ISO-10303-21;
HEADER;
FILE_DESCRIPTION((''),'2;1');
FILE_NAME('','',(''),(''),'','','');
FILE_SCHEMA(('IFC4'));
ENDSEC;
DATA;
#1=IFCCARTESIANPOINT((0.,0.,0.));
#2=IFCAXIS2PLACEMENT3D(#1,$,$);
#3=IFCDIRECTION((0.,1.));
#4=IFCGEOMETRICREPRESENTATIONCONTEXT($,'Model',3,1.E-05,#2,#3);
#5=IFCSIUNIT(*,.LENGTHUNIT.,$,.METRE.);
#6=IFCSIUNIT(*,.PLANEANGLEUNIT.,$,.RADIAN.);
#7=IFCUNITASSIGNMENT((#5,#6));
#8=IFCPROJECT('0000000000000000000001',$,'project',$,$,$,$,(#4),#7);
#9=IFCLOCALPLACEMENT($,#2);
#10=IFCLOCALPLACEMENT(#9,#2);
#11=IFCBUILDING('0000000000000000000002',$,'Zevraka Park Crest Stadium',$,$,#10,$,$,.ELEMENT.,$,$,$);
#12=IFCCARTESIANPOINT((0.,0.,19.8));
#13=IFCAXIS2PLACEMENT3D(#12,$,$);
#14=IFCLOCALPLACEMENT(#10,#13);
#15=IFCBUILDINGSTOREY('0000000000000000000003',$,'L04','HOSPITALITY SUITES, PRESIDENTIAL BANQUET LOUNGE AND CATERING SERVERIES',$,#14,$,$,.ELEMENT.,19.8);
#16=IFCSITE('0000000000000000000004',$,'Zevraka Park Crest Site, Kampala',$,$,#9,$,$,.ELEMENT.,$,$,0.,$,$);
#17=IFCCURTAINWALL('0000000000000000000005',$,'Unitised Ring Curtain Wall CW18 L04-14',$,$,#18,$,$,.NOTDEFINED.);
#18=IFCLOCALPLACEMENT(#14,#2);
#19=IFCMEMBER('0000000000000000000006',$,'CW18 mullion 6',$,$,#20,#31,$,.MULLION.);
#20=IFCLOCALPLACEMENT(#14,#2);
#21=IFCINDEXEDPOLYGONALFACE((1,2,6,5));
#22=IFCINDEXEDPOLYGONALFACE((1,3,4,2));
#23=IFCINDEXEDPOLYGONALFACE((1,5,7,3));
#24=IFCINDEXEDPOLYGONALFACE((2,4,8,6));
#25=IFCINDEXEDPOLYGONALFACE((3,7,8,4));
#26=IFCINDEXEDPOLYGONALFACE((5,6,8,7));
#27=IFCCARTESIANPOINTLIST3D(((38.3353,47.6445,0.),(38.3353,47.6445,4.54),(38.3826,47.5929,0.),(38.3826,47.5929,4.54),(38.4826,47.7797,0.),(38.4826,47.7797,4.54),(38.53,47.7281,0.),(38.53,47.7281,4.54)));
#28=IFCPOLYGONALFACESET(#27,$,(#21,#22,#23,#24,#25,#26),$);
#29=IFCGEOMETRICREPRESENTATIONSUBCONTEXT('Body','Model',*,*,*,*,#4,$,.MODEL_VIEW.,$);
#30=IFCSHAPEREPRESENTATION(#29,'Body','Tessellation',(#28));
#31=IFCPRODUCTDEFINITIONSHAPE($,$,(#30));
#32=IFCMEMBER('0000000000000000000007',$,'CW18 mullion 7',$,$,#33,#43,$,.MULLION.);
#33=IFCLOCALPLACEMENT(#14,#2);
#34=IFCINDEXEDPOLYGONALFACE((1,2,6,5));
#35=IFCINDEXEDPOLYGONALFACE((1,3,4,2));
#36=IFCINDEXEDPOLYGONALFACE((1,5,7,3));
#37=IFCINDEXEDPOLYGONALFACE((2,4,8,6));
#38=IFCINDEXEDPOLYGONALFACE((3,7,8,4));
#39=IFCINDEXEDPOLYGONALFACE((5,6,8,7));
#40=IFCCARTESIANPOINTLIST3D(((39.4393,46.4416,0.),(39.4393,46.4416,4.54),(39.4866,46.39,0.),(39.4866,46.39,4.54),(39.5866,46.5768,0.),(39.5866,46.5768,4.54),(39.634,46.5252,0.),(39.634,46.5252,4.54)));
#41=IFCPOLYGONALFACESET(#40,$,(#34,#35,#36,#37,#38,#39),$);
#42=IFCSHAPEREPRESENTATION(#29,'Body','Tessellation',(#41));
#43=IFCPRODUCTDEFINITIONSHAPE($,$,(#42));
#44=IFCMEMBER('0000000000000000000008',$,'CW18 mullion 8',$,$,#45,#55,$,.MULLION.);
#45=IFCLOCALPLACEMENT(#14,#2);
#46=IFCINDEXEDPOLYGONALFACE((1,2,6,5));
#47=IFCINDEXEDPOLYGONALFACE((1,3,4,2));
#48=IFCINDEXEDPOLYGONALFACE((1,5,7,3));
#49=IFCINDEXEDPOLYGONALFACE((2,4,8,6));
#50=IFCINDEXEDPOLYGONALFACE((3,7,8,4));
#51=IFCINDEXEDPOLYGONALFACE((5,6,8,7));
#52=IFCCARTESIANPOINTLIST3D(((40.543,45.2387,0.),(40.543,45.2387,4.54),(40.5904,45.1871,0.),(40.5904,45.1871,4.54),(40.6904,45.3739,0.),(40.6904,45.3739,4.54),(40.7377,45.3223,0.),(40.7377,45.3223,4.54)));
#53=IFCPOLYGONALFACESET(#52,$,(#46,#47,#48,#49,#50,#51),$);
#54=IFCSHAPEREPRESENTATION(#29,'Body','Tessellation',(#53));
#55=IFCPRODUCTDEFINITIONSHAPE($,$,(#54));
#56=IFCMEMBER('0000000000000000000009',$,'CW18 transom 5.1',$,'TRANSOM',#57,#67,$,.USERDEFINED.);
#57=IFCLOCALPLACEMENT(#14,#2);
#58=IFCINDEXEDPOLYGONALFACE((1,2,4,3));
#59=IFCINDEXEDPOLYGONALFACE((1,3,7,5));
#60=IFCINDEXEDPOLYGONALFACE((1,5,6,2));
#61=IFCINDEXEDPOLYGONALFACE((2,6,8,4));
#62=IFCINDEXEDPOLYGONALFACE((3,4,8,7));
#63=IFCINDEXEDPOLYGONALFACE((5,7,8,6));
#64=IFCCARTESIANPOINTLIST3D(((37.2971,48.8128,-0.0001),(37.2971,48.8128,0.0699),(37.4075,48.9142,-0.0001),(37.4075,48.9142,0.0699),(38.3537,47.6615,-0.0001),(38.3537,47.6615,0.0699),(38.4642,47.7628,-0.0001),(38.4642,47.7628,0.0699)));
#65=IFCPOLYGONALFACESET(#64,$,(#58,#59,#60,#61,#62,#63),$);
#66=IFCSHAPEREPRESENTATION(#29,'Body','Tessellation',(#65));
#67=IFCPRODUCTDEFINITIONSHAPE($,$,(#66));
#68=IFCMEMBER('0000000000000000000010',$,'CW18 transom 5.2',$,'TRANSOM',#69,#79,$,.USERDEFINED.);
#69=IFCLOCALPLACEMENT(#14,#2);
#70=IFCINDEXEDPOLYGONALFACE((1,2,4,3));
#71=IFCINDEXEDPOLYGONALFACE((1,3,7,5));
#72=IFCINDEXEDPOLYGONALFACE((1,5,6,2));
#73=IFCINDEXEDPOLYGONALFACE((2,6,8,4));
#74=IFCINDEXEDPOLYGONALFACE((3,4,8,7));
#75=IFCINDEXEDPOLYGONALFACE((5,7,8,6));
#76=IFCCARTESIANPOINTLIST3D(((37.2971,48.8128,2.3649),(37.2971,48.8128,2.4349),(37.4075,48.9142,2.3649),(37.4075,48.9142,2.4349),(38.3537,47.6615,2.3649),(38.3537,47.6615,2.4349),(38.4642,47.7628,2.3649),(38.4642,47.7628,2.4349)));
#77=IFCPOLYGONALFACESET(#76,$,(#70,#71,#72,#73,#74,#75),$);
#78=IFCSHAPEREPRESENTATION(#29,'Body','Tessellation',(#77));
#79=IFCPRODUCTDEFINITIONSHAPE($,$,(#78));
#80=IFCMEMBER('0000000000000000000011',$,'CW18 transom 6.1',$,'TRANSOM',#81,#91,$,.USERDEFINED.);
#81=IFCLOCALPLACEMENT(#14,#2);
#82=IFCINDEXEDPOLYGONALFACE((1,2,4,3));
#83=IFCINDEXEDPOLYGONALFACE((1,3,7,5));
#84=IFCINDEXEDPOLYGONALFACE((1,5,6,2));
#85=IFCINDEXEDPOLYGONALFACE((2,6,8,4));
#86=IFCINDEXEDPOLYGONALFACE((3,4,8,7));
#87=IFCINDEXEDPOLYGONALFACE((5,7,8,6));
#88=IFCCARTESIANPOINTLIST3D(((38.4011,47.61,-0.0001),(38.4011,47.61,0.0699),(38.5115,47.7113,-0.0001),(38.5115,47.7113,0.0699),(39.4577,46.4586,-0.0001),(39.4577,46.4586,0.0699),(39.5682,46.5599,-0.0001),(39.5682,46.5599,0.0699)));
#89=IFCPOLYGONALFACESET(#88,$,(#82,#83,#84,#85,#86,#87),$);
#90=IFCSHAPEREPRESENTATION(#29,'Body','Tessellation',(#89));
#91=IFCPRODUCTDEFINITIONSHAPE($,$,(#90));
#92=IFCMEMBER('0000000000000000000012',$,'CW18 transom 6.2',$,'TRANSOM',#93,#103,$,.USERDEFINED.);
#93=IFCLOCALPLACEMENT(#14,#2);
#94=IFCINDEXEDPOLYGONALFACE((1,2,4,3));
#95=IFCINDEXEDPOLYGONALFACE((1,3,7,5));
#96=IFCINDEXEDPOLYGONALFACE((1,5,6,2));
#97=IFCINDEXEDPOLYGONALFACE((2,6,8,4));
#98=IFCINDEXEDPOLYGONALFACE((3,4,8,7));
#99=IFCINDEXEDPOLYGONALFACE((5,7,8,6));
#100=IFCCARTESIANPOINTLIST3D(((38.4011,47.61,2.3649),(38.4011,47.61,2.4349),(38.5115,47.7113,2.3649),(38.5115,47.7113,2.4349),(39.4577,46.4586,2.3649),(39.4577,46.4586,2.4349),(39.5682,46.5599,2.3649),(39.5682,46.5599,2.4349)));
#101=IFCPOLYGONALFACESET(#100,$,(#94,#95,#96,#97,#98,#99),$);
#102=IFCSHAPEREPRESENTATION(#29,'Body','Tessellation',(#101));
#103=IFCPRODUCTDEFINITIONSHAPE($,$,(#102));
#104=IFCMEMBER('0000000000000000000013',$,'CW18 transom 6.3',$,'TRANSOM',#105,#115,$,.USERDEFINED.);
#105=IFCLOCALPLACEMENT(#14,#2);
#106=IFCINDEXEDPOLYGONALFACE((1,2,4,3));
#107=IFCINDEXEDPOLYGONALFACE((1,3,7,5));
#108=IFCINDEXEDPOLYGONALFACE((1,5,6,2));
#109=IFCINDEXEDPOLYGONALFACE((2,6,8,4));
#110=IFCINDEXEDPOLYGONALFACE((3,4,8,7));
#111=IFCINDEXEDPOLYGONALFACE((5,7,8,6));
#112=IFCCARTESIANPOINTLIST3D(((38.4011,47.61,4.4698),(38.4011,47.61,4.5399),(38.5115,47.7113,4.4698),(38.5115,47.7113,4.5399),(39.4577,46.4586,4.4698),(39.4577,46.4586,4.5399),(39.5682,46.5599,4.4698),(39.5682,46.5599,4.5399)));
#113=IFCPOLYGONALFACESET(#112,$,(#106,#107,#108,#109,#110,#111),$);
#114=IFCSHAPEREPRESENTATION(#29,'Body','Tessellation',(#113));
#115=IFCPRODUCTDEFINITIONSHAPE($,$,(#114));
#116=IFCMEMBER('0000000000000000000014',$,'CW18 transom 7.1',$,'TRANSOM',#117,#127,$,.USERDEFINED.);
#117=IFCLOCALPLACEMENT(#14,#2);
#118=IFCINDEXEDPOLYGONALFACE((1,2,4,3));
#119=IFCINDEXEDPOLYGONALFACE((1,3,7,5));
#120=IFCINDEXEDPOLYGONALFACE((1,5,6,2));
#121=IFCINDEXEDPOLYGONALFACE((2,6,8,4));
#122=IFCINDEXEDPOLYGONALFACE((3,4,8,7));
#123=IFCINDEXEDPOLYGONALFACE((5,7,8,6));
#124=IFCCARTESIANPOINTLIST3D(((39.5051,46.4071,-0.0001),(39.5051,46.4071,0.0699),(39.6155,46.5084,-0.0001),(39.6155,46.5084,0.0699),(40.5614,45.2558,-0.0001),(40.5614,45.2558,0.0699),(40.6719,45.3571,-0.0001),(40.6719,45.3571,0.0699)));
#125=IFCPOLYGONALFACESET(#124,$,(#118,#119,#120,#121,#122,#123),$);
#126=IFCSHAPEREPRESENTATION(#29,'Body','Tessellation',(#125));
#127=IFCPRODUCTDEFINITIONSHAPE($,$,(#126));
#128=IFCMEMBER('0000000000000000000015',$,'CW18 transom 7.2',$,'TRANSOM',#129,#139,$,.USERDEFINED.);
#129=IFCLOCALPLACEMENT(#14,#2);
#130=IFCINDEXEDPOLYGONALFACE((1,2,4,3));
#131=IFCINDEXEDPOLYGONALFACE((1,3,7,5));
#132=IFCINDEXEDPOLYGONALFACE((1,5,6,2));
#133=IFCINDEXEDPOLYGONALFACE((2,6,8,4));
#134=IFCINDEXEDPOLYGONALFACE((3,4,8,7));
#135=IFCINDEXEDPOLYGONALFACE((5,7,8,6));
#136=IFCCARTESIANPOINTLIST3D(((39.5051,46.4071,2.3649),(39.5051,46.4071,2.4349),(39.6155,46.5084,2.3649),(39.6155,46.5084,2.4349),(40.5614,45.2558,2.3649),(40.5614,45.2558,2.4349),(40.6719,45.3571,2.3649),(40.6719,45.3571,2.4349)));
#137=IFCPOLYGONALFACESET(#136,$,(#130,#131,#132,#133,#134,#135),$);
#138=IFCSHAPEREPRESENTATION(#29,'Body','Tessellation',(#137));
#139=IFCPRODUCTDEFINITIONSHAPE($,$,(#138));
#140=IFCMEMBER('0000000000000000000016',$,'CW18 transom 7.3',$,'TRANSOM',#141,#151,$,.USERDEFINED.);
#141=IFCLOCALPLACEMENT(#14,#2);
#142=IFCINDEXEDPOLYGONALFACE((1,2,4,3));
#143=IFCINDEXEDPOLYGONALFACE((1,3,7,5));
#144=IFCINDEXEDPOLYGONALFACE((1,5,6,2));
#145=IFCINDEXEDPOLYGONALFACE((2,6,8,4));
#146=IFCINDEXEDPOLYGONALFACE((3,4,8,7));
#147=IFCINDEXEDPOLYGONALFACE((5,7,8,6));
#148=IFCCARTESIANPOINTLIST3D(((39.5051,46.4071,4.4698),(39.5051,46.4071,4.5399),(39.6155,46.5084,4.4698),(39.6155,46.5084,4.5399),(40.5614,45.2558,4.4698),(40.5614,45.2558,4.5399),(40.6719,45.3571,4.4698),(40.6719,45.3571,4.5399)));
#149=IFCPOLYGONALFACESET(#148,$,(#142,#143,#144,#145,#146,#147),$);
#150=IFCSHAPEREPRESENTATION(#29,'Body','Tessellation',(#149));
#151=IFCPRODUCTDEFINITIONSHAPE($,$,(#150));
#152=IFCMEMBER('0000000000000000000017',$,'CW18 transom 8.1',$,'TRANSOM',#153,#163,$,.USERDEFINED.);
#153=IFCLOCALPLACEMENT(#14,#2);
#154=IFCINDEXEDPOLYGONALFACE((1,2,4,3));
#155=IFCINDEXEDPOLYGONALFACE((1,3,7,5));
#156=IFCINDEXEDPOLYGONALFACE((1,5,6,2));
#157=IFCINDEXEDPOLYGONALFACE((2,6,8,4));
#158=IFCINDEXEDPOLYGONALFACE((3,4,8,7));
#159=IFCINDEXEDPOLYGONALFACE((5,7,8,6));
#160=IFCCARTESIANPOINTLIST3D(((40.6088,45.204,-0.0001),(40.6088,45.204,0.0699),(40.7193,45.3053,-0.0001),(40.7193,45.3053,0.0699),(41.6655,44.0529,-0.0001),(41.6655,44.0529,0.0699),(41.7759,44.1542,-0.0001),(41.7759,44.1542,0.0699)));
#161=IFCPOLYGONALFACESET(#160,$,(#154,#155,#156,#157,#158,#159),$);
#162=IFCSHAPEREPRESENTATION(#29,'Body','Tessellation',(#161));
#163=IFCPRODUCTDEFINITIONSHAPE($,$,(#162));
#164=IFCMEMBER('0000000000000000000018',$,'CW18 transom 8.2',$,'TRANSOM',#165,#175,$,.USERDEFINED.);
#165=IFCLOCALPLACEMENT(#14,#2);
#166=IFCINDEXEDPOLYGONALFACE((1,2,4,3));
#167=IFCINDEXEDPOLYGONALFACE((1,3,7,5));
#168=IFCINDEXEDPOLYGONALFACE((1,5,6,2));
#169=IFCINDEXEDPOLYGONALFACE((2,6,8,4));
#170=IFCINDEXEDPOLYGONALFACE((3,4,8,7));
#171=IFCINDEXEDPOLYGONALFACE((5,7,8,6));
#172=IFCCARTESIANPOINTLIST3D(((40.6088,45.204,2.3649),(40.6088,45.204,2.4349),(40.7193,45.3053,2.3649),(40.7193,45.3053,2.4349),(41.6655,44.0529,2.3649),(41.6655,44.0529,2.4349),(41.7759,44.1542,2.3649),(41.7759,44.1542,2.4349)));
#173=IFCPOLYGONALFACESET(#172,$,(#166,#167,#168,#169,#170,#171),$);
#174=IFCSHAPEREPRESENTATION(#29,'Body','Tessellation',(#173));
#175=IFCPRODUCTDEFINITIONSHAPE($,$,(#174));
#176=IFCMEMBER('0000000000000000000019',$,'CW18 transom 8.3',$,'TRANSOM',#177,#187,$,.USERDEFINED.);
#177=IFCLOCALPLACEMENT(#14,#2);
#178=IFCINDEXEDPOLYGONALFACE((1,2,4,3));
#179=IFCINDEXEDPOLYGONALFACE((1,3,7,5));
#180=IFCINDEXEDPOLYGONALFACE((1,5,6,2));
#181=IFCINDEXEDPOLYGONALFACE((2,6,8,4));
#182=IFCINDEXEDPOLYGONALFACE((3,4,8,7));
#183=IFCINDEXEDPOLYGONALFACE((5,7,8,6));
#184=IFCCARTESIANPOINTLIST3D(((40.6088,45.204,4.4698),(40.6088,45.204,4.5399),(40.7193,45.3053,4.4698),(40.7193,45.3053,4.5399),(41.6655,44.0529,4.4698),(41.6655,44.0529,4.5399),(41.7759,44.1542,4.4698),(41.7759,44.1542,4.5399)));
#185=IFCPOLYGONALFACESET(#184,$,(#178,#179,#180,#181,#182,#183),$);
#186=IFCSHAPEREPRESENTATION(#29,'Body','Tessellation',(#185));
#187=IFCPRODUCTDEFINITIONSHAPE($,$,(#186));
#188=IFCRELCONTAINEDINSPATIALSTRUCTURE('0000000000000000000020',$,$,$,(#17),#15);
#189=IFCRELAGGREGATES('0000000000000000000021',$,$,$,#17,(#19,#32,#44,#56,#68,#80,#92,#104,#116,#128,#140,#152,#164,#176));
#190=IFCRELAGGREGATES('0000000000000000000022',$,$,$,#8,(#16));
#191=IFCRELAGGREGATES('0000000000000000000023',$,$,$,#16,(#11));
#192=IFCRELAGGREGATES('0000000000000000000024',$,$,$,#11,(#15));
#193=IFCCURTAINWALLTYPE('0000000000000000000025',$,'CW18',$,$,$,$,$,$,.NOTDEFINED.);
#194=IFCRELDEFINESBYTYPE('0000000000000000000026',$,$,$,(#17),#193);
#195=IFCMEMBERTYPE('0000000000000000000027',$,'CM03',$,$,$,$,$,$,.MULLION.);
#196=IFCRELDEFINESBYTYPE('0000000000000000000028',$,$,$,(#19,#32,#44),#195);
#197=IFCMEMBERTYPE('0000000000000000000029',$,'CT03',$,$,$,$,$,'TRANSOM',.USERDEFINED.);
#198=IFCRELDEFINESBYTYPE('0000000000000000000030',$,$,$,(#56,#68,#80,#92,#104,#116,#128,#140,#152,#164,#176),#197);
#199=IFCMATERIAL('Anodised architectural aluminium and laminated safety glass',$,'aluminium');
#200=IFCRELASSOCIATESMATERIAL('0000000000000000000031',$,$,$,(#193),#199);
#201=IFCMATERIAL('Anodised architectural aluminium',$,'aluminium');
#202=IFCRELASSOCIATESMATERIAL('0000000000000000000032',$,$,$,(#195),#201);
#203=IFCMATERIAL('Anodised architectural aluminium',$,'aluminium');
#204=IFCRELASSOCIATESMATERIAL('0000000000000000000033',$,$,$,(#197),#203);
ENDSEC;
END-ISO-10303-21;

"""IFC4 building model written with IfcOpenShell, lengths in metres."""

from ifc_helpers import new_model, si_unit, direction, frame, origin, origin_2d, place, context, subcontext, project, spatial, rectangle, extrude, material, material_profile, profile_set, type_object, element, aggregate, save


model = new_model("IFC4")

# Units and contexts
model_context = context("Model", 3, precision=1e-05, world=origin(), true_north=direction((0.0, 1.0)))
body_context = subcontext(model_context, "Body", "Model", "MODEL_VIEW")
ifc_project = project(units=[si_unit("LENGTHUNIT", "METRE"), si_unit("PLANEANGLEUNIT", "RADIAN")], contexts=[model_context])

# Site, building, storey
site_placement = place(None, origin())
site = spatial("IfcSite", under=ifc_project, at=site_placement, Name="Zevraka Park Crest Site, Kampala", CompositionType="ELEMENT", RefElevation=0.0)
building_placement = place(site_placement, origin())
building = spatial("IfcBuilding", under=site, at=building_placement, Name="Zevraka Park Crest Stadium", CompositionType="ELEMENT")
storey_placement = place(building_placement, frame((0.0, 0.0, 19.8)))
storey = spatial("IfcBuildingStorey", under=building, at=storey_placement, Name="L04", Description="HOSPITALITY SUITES, PRESIDENTIAL BANQUET LOUNGE AND CATERING SERVERIES", CompositionType="ELEMENT", Elevation=19.8)

# Curtain wall, members
ifc_material_1 = material(Name="Anodised architectural aluminium and laminated safety glass", Category="aluminium")
curtain_wall_type = type_object("IfcCurtainWallType", Name="CW18", PredefinedType="NOTDEFINED", material=ifc_material_1)
curtain_wall_placement = place(storey_placement, origin())
curtain_wall = element("IfcCurtainWall", 1, at=curtain_wall_placement, inside=storey, type_object=curtain_wall_type, Name="Unitised Ring Curtain Wall CW18 L04-14", PredefinedType="NOTDEFINED")
ifc_material_2 = material(Name="Anodised architectural aluminium", Category="aluminium")
ifc_material_profile_1 = material_profile(ifc_material_2, rectangle(XDim=0.2, YDim=0.0701, at=origin_2d()), Name="ALU MULLION 200x70")
ifc_profile_set_1 = profile_set([ifc_material_profile_1], Name="Anodised architectural aluminium")
member_type_1 = type_object("IfcMemberType", Name="CM03", PredefinedType="MULLION", material=ifc_profile_set_1)
member_1_placement = place(storey_placement, frame((38.4326, 47.6863, 0.0), z_axis=(0.0, 0.0, 1.0), x_axis=(0.736775, 0.676138, 0.0)))
member_1 = element("IfcMember", 2, at=member_1_placement, type_object=member_type_1, Name="CW18 mullion 6", PredefinedType="MULLION", context=body_context, shape_type="SweptSolid", body=[
    extrude(rectangle(XDim=0.2, YDim=0.0701, at=origin_2d()), origin(), (0.0, 0.0, 1.0), 4.54),
])
member_2_placement = place(storey_placement, frame((39.5366, 46.4834, 0.0), z_axis=(0.0, 0.0, 1.0), x_axis=(0.736775, 0.676138, 0.0)))
member_2 = element("IfcMember", 3, at=member_2_placement, type_object=member_type_1, Name="CW18 mullion 7", PredefinedType="MULLION", context=body_context, shape_type="SweptSolid", body=[
    extrude(rectangle(XDim=0.2, YDim=0.0701, at=origin_2d()), origin(), (0.0, 0.0, 1.0), 4.54),
])
member_3_placement = place(storey_placement, frame((40.6404, 45.2805, 0.0), z_axis=(0.0, 0.0, 1.0), x_axis=(0.736775, 0.676138, 0.0)))
member_3 = element("IfcMember", 4, at=member_3_placement, type_object=member_type_1, Name="CW18 mullion 8", PredefinedType="MULLION", context=body_context, shape_type="SweptSolid", body=[
    extrude(rectangle(XDim=0.2, YDim=0.0701, at=origin_2d()), origin(), (0.0, 0.0, 1.0), 4.54),
])
ifc_material_3 = material(Name="Anodised architectural aluminium", Category="aluminium")
ifc_material_profile_2 = material_profile(ifc_material_3, rectangle(XDim=0.1499, YDim=0.0701, at=origin_2d()), Name="ALU TRANSOM 150x70")
ifc_profile_set_2 = profile_set([ifc_material_profile_2], Name="Anodised architectural aluminium")
member_type_2 = type_object("IfcMemberType", Name="CT03", ElementType="TRANSOM", PredefinedType="USERDEFINED", material=ifc_profile_set_2)
member_4_placement = place(storey_placement, frame((37.3523, 48.8635, 0.0349), z_axis=(0.676149, -0.736765, 0.0), x_axis=(0.736765, 0.676149, 0.0)))
member_4 = element("IfcMember", 5, at=member_4_placement, type_object=member_type_2, Name="CW18 transom 5.1", ObjectType="TRANSOM", PredefinedType="USERDEFINED", context=body_context, shape_type="SweptSolid", body=[
    extrude(rectangle(XDim=0.1499, YDim=0.0701, at=origin_2d()), origin(), (0.0, 0.0, 1.0), 1.5627),
])
member_5_placement = place(storey_placement, frame((37.3523, 48.8635, 2.3999), z_axis=(0.676149, -0.736765, 0.0), x_axis=(0.736765, 0.676149, 0.0)))
member_5 = element("IfcMember", 6, at=member_5_placement, type_object=member_type_2, Name="CW18 transom 5.2", ObjectType="TRANSOM", PredefinedType="USERDEFINED", context=body_context, shape_type="SweptSolid", body=[
    extrude(rectangle(XDim=0.1499, YDim=0.0701, at=origin_2d()), origin(), (0.0, 0.0, 1.0), 1.5627),
])
member_6_placement = place(storey_placement, frame((38.4563, 47.6606, 0.0349), z_axis=(0.676149, -0.736765, 0.0), x_axis=(0.736765, 0.676149, 0.0)))
member_6 = element("IfcMember", 7, at=member_6_placement, type_object=member_type_2, Name="CW18 transom 6.1", ObjectType="TRANSOM", PredefinedType="USERDEFINED", context=body_context, shape_type="SweptSolid", body=[
    extrude(rectangle(XDim=0.1499, YDim=0.0701, at=origin_2d()), origin(), (0.0, 0.0, 1.0), 1.5627),
])
member_7_placement = place(storey_placement, frame((38.4563, 47.6606, 2.3999), z_axis=(0.676149, -0.736765, 0.0), x_axis=(0.736765, 0.676149, 0.0)))
member_7 = element("IfcMember", 8, at=member_7_placement, type_object=member_type_2, Name="CW18 transom 6.2", ObjectType="TRANSOM", PredefinedType="USERDEFINED", context=body_context, shape_type="SweptSolid", body=[
    extrude(rectangle(XDim=0.1499, YDim=0.0701, at=origin_2d()), origin(), (0.0, 0.0, 1.0), 1.5627),
])
member_8_placement = place(storey_placement, frame((38.4563, 47.6606, 4.5049), z_axis=(0.676149, -0.736765, 0.0), x_axis=(0.736765, 0.676149, 0.0)))
member_8 = element("IfcMember", 9, at=member_8_placement, type_object=member_type_2, Name="CW18 transom 6.3", ObjectType="TRANSOM", PredefinedType="USERDEFINED", context=body_context, shape_type="SweptSolid", body=[
    extrude(rectangle(XDim=0.1499, YDim=0.0701, at=origin_2d()), origin(), (0.0, 0.0, 1.0), 1.5627),
])
member_9_placement = place(storey_placement, frame((39.5603, 46.4578, 0.0349), z_axis=(0.676064, -0.736843, 0.0), x_axis=(0.736843, 0.676064, 0.0)))
member_9 = element("IfcMember", 10, at=member_9_placement, type_object=member_type_2, Name="CW18 transom 7.1", ObjectType="TRANSOM", PredefinedType="USERDEFINED", context=body_context, shape_type="SweptSolid", body=[
    extrude(rectangle(XDim=0.1499, YDim=0.0701, at=origin_2d()), origin(), (0.0, 0.0, 1.0), 1.5625),
])
member_10_placement = place(storey_placement, frame((39.5603, 46.4578, 2.3999), z_axis=(0.676064, -0.736843, 0.0), x_axis=(0.736843, 0.676064, 0.0)))
member_10 = element("IfcMember", 11, at=member_10_placement, type_object=member_type_2, Name="CW18 transom 7.2", ObjectType="TRANSOM", PredefinedType="USERDEFINED", context=body_context, shape_type="SweptSolid", body=[
    extrude(rectangle(XDim=0.1499, YDim=0.0701, at=origin_2d()), origin(), (0.0, 0.0, 1.0), 1.5625),
])
member_11_placement = place(storey_placement, frame((39.5603, 46.4578, 4.5049), z_axis=(0.676064, -0.736843, 0.0), x_axis=(0.736843, 0.676064, 0.0)))
member_11 = element("IfcMember", 12, at=member_11_placement, type_object=member_type_2, Name="CW18 transom 7.3", ObjectType="TRANSOM", PredefinedType="USERDEFINED", context=body_context, shape_type="SweptSolid", body=[
    extrude(rectangle(XDim=0.1499, YDim=0.0701, at=origin_2d()), origin(), (0.0, 0.0, 1.0), 1.5625),
])
member_12_placement = place(storey_placement, frame((40.6641, 45.2546, 0.0349), z_axis=(0.676227, -0.736693, 0.0), x_axis=(0.736693, 0.676227, 0.0)))
member_12 = element("IfcMember", 13, at=member_12_placement, type_object=member_type_2, Name="CW18 transom 8.1", ObjectType="TRANSOM", PredefinedType="USERDEFINED", context=body_context, shape_type="SweptSolid", body=[
    extrude(rectangle(XDim=0.1499, YDim=0.0701, at=origin_2d()), origin(), (0.0, 0.0, 1.0), 1.5625),
])
member_13_placement = place(storey_placement, frame((40.6641, 45.2546, 2.3999), z_axis=(0.676227, -0.736693, 0.0), x_axis=(0.736693, 0.676227, 0.0)))
member_13 = element("IfcMember", 14, at=member_13_placement, type_object=member_type_2, Name="CW18 transom 8.2", ObjectType="TRANSOM", PredefinedType="USERDEFINED", context=body_context, shape_type="SweptSolid", body=[
    extrude(rectangle(XDim=0.1499, YDim=0.0701, at=origin_2d()), origin(), (0.0, 0.0, 1.0), 1.5625),
])
member_14_placement = place(storey_placement, frame((40.6641, 45.2546, 4.5049), z_axis=(0.676227, -0.736693, 0.0), x_axis=(0.736693, 0.676227, 0.0)))
member_14 = element("IfcMember", 15, at=member_14_placement, type_object=member_type_2, Name="CW18 transom 8.3", ObjectType="TRANSOM", PredefinedType="USERDEFINED", context=body_context, shape_type="SweptSolid", body=[
    extrude(rectangle(XDim=0.1499, YDim=0.0701, at=origin_2d()), origin(), (0.0, 0.0, 1.0), 1.5625),
])
aggregate(curtain_wall, [member_1, member_2, member_3, member_4, member_5, member_6, member_7, member_8, member_9, member_10, member_11, member_12, member_13, member_14])

save(model, "model.ifc")
